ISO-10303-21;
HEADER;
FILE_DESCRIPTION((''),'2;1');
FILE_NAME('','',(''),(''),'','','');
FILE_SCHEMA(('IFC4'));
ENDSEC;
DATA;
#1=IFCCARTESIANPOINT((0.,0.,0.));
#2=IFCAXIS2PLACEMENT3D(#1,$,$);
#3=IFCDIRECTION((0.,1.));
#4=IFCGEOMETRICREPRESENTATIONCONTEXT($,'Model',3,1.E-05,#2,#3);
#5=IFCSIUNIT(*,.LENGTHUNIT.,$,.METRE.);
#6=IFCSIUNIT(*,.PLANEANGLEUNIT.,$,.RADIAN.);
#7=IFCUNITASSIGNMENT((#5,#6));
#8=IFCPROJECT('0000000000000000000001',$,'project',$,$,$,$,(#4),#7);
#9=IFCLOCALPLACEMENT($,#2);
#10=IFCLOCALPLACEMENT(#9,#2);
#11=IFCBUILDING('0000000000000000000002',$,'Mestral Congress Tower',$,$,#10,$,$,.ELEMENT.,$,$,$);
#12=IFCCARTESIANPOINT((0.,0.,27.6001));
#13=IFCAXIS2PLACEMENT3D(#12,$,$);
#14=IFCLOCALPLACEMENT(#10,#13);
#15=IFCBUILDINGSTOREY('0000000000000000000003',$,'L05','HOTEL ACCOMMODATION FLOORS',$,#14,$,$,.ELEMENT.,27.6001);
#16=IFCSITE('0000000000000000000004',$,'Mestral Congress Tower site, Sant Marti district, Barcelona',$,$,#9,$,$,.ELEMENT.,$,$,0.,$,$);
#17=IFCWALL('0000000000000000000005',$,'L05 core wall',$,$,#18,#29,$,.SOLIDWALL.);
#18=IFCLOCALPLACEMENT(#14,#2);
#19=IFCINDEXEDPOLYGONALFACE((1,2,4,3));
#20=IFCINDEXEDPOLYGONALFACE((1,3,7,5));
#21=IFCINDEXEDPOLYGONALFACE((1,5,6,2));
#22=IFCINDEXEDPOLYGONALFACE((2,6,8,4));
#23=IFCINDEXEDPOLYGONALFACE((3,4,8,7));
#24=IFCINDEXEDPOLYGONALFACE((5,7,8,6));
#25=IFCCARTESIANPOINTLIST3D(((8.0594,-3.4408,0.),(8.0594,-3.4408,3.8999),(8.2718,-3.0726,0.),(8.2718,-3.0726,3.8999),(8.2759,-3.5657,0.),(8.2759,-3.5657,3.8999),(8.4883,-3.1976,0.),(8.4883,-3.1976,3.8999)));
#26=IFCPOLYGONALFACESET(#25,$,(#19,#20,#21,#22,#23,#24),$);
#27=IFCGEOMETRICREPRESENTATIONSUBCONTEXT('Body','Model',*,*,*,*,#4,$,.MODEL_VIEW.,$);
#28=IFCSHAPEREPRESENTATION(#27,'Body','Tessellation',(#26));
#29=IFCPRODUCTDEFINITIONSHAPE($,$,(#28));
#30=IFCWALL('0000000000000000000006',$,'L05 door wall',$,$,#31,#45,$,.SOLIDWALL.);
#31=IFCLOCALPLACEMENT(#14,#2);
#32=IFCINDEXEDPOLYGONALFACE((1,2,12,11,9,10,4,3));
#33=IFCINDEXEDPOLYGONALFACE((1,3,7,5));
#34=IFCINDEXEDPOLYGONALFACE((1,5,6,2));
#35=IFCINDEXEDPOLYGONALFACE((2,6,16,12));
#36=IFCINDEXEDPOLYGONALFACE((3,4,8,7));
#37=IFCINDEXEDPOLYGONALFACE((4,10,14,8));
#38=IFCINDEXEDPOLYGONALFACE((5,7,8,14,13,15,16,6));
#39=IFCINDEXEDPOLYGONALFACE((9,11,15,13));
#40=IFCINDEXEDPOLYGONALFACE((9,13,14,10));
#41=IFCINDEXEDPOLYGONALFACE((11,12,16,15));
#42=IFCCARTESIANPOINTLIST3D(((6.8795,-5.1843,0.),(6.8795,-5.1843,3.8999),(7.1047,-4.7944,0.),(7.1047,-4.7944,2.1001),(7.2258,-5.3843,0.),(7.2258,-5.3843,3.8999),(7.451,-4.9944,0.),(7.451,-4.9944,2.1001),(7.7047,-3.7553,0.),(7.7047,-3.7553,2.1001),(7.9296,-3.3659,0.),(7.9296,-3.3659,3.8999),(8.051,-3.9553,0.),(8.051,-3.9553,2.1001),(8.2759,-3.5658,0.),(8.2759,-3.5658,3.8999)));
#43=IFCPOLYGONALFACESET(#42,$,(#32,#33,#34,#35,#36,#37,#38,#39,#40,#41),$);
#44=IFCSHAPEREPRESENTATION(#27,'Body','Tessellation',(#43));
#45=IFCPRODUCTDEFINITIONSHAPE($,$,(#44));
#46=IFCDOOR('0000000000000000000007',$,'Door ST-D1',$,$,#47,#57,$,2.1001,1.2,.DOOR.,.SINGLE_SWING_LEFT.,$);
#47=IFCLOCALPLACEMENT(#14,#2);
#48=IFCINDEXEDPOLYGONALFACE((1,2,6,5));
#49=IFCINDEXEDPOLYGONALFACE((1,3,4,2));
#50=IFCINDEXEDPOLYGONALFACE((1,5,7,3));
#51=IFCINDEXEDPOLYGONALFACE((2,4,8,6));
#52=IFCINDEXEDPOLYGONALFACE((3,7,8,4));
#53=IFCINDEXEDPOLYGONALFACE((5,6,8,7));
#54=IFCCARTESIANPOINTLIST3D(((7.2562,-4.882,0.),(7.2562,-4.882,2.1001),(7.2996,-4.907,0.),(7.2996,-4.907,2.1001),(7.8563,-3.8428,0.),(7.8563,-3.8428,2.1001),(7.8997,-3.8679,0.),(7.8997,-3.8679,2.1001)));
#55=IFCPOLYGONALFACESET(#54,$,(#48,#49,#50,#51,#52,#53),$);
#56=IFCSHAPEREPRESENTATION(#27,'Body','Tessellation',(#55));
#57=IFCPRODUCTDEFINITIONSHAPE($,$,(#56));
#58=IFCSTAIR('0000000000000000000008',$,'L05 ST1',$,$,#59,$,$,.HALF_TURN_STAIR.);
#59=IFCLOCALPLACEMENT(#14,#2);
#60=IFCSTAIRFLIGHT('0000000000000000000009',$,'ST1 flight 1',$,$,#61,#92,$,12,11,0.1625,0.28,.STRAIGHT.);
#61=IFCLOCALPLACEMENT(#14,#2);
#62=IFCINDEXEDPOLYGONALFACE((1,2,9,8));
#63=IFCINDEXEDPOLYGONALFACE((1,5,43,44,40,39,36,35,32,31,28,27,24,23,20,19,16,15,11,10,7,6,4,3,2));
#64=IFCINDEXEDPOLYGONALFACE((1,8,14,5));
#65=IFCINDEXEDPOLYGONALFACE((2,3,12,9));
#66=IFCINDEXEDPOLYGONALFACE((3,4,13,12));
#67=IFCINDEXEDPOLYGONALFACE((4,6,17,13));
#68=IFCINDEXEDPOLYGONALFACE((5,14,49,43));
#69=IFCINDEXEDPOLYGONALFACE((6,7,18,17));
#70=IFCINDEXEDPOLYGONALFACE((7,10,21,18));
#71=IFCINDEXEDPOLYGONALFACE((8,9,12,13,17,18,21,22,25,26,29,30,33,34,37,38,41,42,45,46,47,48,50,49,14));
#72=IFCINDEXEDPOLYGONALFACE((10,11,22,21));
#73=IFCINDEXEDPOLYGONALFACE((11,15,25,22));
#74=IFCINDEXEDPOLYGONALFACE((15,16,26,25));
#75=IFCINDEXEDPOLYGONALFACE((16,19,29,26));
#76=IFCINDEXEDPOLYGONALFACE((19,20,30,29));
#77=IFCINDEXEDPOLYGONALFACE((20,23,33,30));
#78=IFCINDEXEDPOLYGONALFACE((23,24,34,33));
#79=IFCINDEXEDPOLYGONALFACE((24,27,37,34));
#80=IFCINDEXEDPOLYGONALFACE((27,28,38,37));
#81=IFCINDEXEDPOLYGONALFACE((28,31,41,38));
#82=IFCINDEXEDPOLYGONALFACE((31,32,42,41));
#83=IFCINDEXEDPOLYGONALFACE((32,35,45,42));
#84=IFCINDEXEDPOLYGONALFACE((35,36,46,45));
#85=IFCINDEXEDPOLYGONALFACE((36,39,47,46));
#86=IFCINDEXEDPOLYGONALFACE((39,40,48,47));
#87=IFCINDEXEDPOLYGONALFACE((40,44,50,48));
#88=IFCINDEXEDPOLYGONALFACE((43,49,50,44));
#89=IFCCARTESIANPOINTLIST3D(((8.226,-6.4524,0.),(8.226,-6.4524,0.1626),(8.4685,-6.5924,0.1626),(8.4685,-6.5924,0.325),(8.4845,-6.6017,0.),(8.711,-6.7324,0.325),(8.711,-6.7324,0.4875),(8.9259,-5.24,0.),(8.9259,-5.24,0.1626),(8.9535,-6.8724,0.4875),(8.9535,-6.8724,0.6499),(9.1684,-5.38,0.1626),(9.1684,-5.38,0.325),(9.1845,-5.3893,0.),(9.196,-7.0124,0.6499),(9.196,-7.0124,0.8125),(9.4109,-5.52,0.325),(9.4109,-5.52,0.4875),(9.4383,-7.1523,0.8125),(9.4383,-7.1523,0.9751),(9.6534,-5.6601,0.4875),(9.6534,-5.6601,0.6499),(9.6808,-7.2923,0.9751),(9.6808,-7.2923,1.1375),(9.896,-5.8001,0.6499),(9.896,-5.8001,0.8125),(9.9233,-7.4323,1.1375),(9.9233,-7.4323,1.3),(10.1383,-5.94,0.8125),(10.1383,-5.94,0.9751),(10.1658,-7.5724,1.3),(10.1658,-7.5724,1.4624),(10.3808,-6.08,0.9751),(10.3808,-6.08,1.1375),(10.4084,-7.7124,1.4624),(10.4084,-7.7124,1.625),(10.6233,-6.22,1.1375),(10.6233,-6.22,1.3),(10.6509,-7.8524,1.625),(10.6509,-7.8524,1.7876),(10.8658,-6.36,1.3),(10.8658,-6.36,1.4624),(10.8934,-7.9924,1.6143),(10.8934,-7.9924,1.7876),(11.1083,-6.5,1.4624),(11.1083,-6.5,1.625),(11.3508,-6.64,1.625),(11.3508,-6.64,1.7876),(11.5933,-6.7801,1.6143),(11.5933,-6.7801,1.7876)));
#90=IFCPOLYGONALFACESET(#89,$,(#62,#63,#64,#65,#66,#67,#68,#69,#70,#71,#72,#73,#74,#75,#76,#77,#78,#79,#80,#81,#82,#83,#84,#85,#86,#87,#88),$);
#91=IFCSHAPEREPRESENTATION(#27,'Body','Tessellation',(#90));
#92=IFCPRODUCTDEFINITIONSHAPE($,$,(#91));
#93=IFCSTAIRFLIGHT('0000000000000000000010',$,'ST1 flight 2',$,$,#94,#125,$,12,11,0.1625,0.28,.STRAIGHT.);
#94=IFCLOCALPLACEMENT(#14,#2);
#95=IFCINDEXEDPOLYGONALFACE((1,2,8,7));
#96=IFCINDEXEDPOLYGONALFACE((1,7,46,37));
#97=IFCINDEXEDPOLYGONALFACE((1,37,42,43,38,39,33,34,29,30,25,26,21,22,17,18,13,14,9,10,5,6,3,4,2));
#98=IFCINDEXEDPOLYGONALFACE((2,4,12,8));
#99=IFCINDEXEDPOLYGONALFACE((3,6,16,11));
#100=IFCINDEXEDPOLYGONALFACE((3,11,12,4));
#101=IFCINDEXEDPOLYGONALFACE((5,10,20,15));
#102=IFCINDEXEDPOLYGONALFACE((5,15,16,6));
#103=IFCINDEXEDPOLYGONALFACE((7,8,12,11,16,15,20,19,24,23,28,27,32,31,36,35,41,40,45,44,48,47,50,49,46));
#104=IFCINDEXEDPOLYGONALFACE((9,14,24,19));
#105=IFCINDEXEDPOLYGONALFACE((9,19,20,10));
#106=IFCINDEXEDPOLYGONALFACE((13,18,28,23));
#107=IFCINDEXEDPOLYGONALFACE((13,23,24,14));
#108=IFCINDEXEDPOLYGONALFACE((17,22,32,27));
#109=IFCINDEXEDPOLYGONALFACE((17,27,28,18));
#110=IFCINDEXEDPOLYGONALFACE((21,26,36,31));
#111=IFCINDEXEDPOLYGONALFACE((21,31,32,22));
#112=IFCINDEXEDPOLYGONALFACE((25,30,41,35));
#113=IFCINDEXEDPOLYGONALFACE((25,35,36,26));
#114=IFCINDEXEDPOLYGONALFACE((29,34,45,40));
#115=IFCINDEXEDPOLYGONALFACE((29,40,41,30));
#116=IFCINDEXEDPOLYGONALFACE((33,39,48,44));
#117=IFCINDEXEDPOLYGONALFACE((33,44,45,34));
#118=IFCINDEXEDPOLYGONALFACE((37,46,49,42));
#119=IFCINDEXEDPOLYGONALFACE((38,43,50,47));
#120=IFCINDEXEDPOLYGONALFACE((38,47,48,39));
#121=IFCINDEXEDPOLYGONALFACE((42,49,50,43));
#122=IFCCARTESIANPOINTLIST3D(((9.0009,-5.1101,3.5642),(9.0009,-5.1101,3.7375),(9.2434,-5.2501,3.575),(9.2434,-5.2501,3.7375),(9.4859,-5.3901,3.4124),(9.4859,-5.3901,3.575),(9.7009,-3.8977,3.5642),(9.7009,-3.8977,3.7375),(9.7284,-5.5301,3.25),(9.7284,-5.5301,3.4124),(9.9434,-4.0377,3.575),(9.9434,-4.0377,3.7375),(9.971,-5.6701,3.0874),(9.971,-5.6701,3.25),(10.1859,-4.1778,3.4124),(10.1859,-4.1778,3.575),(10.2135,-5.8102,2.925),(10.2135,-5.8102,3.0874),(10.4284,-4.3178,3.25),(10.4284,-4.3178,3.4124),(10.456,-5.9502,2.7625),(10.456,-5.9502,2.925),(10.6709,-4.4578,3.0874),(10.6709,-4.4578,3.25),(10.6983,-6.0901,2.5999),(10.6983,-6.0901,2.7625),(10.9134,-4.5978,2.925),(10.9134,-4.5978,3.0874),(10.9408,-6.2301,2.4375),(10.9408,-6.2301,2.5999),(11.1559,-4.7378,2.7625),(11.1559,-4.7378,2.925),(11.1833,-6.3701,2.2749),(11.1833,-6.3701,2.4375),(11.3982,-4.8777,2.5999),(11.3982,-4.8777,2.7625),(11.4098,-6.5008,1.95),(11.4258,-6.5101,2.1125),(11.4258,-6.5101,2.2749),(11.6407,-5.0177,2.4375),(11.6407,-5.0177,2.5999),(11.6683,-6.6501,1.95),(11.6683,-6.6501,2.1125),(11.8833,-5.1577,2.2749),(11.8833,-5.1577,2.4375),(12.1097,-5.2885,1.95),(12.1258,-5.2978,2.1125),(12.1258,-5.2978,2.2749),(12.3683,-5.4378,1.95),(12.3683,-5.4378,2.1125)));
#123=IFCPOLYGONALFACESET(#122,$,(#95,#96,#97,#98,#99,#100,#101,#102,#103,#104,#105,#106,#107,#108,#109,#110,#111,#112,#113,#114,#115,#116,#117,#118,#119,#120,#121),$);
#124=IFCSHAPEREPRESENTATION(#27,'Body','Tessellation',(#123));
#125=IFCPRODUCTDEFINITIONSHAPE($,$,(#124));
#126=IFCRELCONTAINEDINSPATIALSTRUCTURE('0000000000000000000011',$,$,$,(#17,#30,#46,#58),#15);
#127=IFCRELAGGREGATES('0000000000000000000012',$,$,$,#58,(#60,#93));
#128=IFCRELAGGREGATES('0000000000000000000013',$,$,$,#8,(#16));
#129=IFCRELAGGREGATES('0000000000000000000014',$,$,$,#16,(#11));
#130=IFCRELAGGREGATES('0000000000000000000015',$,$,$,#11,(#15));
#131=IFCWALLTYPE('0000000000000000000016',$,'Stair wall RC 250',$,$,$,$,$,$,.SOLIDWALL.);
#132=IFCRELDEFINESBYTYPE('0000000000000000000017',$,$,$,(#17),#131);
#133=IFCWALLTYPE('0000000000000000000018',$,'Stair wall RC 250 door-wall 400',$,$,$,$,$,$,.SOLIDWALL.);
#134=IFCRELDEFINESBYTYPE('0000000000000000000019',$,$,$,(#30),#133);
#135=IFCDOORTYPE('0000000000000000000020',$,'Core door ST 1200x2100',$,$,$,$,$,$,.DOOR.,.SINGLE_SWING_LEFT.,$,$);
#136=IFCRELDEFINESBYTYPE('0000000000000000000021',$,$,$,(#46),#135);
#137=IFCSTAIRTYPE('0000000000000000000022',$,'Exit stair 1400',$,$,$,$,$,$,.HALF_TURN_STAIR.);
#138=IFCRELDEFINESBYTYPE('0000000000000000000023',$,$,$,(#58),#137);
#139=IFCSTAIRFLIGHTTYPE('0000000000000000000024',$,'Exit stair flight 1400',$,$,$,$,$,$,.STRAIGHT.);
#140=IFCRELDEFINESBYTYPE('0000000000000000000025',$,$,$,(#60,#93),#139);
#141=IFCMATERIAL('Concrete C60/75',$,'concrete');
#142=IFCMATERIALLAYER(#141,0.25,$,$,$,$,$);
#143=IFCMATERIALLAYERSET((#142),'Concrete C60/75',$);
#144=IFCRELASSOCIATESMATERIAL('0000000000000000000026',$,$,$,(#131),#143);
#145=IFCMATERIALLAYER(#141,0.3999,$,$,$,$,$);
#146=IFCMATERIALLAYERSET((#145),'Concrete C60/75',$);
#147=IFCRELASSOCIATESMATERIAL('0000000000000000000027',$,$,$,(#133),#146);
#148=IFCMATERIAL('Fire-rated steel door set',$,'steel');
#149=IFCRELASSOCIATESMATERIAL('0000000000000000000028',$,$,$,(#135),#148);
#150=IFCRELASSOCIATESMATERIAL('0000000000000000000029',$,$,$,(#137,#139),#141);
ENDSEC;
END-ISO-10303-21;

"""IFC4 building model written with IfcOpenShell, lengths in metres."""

from ifc_helpers import new_model, si_unit, direction, frame, frame_2d, origin, place, context, subcontext, project, spatial, polyline, rectangle, outline, extrude, material, layer, layer_set, type_object, element, fill, aggregate, save


model = new_model("IFC4")

# Units and contexts
model_context = context("Model", 3, precision=1e-05, world=origin(), true_north=direction((0.0, 1.0)))
body_context = subcontext(model_context, "Body", "Model", "MODEL_VIEW")
ifc_project = project(units=[si_unit("LENGTHUNIT", "METRE"), si_unit("PLANEANGLEUNIT", "RADIAN")], contexts=[model_context])

# Site, building, storey
site_placement = place(None, origin())
site = spatial("IfcSite", under=ifc_project, at=site_placement, Name="Mestral Congress Tower site, Sant Marti district, Barcelona", CompositionType="ELEMENT", RefElevation=0.0)
building_placement = place(site_placement, origin())
building = spatial("IfcBuilding", under=site, at=building_placement, Name="Mestral Congress Tower", CompositionType="ELEMENT")
storey_placement = place(building_placement, frame((0.0, 0.0, 27.6001)))
storey = spatial("IfcBuildingStorey", under=building, at=storey_placement, Name="L05", Description="HOTEL ACCOMMODATION FLOORS", CompositionType="ELEMENT", Elevation=27.6001)

# Shared definitions
ifc_material_1 = material(Name="Fire-rated steel door set", Category="steel")
ifc_material_2 = material(Name="Concrete C60/75", Category="concrete")

# Wall
ifc_layer_1 = layer(ifc_material_2, 0.25)
ifc_layer_set_1 = layer_set([ifc_layer_1], Name="Concrete C60/75")
wall_type_1 = type_object("IfcWallType", Name="Stair wall RC 250", PredefinedType="SOLIDWALL", material=ifc_layer_set_1)
wall_1_placement = place(storey_placement, frame((8.1677, -3.5032, 0.0), z_axis=(0.0, 0.0, 1.0), x_axis=(0.499722, 0.866186, 0.0)))
element("IfcWall", 1, at=wall_1_placement, inside=storey, type_object=wall_type_1, Name="L05 core wall", PredefinedType="SOLIDWALL", context=body_context, shape_type="SweptSolid", body=[
    extrude(rectangle(XDim=0.425, YDim=0.25, at=frame_2d((0.2124, 0.0))), origin(), (0.0, 0.0, 1.0), 3.8999),
])

# Wall, opening, door
ifc_layer_2 = layer(ifc_material_2, 0.3999)
ifc_layer_set_2 = layer_set([ifc_layer_2], Name="Concrete C60/75")
wall_type_2 = type_object("IfcWallType", Name="Stair wall RC 250 door-wall 400", PredefinedType="SOLIDWALL", material=ifc_layer_set_2)
wall_2_placement = place(storey_placement, frame((7.0527, -5.2842, 0.0), z_axis=(0.0, 0.0, 1.0), x_axis=(0.500078, 0.86598, 0.0)))
wall_2 = element("IfcWall", 2, at=wall_2_placement, inside=storey, type_object=wall_type_2, Name="L05 door wall", PredefinedType="SOLIDWALL", context=body_context, shape_type="SweptSolid", body=[
    extrude(rectangle(XDim=2.0999, YDim=0.3999, at=frame_2d((1.0498, 0.0))), origin(), (0.0, 0.0, 1.0), 3.8999),
])
opening_1_placement = place(wall_2_placement, frame((0.45, 0.0, 0.0)))
opening_1 = element("IfcOpeningElement", 3, at=opening_1_placement, cuts=wall_2, PredefinedType="OPENING", context=body_context, shape_type="SweptSolid", body=[
    extrude(rectangle(XDim=1.2, YDim=2.1001, at=frame_2d((0.6001, 1.05))), frame((0.0, 0.21, 0.0), z_axis=(0.0, -1.0, 0.0), x_axis=(1.0, 0.0, 0.0)), (0.0, 0.0, 1.0), 0.4199),
])
door_type_1 = type_object("IfcDoorType", Name="Core door ST 1200x2100", OperationType="SINGLE_SWING_LEFT", PredefinedType="DOOR", material=ifc_material_1)
door_1_placement = place(opening_1_placement, origin())
door_1 = element("IfcDoor", 4, at=door_1_placement, inside=storey, type_object=door_type_1, Name="Door ST-D1", OperationType="SINGLE_SWING_LEFT", OverallHeight=2.1001, OverallWidth=1.2, PredefinedType="DOOR", context=body_context, shape_type="SweptSolid", body=[
    extrude(rectangle(XDim=1.2, YDim=2.1001, at=frame_2d((0.6001, 1.05))), frame((0.0, 0.0249, 0.0), z_axis=(0.0, -1.0, 0.0), x_axis=(1.0, 0.0, 0.0)), (0.0, 0.0, 1.0), 0.05),
])
fill(opening_1, door_1)

# Stair, stair flights
stair_type = type_object("IfcStairType", Name="Exit stair 1400", PredefinedType="HALF_TURN_STAIR", material=ifc_material_2)
stair_placement = place(storey_placement, origin())
stair = element("IfcStair", 5, at=stair_placement, inside=storey, type_object=stair_type, Name="L05 ST1", PredefinedType="HALF_TURN_STAIR")
stair_flight_type = type_object("IfcStairFlightType", Name="Exit stair flight 1400", PredefinedType="STRAIGHT", material=ifc_material_2)
stair_flight_1_placement = place(storey_placement, frame((8.5759, -5.8462, 0.0), z_axis=(0.0, 0.0, 1.0), x_axis=(0.866025, -0.5, 0.0)))
stair_flight_1 = element("IfcStairFlight", 6, at=stair_flight_1_placement, type_object=stair_flight_type, Name="ST1 flight 1", NumberOfRisers=12, NumberOfTreads=11, PredefinedType="STRAIGHT", RiserHeight=0.1625, TreadLength=0.28, context=body_context, shape_type="SweptSolid", body=[
    extrude(outline(polyline([(0.0, 0.0), (0.0, 0.1626), (0.28, 0.1626), (0.28, 0.325), (0.5601, 0.325), (0.5601, 0.4875), (0.8401, 0.4875), (0.8401, 0.6499), (1.1201, 0.6499), (1.1201, 0.8125), (1.3999, 0.8125), (1.3999, 0.9751), (1.6799, 0.9751), (1.6799, 1.1375), (1.96, 1.1375), (1.96, 1.3), (2.24, 1.3), (2.24, 1.4624), (2.52, 1.4624), (2.52, 1.625), (2.8, 1.625), (2.8, 1.7876), (3.0801, 1.7876), (3.0801, 1.95), (3.0801, 1.6143), (0.2986, 0.0), (0.0, 0.0)])), frame((0.0, 0.7, 0.0), z_axis=(0.0, -1.0, 0.0), x_axis=(1.0, 0.0, 0.0)), (0.0, 0.0, 1.0), 1.3999),
])
stair_flight_2_placement = place(storey_placement, frame((12.0183, -6.0439, 1.95), z_axis=(0.0, 0.0, 1.0), x_axis=(-0.866025, 0.5, 0.0)))
stair_flight_2 = element("IfcStairFlight", 7, at=stair_flight_2_placement, type_object=stair_flight_type, Name="ST1 flight 2", NumberOfRisers=12, NumberOfTreads=11, PredefinedType="STRAIGHT", RiserHeight=0.1625, TreadLength=0.28, context=body_context, shape_type="SweptSolid", body=[
    extrude(outline(polyline([(0.0, 0.0), (0.0, 0.1626), (0.28, 0.1626), (0.28, 0.325), (0.5601, 0.325), (0.5601, 0.4875), (0.8401, 0.4875), (0.8401, 0.6499), (1.1201, 0.6499), (1.1201, 0.8125), (1.3999, 0.8125), (1.3999, 0.9751), (1.6799, 0.9751), (1.6799, 1.1375), (1.96, 1.1375), (1.96, 1.3), (2.24, 1.3), (2.24, 1.4624), (2.52, 1.4624), (2.52, 1.625), (2.8, 1.625), (2.8, 1.7876), (3.0801, 1.7876), (3.0801, 1.95), (3.0801, 1.6143), (0.2986, 0.0), (0.0, 0.0)])), frame((0.0, 0.7, 0.0), z_axis=(0.0, -1.0, 0.0), x_axis=(1.0, 0.0, 0.0)), (0.0, 0.0, 1.0), 1.3999),
])
aggregate(stair, [stair_flight_1, stair_flight_2])

save(model, "model.ifc")
